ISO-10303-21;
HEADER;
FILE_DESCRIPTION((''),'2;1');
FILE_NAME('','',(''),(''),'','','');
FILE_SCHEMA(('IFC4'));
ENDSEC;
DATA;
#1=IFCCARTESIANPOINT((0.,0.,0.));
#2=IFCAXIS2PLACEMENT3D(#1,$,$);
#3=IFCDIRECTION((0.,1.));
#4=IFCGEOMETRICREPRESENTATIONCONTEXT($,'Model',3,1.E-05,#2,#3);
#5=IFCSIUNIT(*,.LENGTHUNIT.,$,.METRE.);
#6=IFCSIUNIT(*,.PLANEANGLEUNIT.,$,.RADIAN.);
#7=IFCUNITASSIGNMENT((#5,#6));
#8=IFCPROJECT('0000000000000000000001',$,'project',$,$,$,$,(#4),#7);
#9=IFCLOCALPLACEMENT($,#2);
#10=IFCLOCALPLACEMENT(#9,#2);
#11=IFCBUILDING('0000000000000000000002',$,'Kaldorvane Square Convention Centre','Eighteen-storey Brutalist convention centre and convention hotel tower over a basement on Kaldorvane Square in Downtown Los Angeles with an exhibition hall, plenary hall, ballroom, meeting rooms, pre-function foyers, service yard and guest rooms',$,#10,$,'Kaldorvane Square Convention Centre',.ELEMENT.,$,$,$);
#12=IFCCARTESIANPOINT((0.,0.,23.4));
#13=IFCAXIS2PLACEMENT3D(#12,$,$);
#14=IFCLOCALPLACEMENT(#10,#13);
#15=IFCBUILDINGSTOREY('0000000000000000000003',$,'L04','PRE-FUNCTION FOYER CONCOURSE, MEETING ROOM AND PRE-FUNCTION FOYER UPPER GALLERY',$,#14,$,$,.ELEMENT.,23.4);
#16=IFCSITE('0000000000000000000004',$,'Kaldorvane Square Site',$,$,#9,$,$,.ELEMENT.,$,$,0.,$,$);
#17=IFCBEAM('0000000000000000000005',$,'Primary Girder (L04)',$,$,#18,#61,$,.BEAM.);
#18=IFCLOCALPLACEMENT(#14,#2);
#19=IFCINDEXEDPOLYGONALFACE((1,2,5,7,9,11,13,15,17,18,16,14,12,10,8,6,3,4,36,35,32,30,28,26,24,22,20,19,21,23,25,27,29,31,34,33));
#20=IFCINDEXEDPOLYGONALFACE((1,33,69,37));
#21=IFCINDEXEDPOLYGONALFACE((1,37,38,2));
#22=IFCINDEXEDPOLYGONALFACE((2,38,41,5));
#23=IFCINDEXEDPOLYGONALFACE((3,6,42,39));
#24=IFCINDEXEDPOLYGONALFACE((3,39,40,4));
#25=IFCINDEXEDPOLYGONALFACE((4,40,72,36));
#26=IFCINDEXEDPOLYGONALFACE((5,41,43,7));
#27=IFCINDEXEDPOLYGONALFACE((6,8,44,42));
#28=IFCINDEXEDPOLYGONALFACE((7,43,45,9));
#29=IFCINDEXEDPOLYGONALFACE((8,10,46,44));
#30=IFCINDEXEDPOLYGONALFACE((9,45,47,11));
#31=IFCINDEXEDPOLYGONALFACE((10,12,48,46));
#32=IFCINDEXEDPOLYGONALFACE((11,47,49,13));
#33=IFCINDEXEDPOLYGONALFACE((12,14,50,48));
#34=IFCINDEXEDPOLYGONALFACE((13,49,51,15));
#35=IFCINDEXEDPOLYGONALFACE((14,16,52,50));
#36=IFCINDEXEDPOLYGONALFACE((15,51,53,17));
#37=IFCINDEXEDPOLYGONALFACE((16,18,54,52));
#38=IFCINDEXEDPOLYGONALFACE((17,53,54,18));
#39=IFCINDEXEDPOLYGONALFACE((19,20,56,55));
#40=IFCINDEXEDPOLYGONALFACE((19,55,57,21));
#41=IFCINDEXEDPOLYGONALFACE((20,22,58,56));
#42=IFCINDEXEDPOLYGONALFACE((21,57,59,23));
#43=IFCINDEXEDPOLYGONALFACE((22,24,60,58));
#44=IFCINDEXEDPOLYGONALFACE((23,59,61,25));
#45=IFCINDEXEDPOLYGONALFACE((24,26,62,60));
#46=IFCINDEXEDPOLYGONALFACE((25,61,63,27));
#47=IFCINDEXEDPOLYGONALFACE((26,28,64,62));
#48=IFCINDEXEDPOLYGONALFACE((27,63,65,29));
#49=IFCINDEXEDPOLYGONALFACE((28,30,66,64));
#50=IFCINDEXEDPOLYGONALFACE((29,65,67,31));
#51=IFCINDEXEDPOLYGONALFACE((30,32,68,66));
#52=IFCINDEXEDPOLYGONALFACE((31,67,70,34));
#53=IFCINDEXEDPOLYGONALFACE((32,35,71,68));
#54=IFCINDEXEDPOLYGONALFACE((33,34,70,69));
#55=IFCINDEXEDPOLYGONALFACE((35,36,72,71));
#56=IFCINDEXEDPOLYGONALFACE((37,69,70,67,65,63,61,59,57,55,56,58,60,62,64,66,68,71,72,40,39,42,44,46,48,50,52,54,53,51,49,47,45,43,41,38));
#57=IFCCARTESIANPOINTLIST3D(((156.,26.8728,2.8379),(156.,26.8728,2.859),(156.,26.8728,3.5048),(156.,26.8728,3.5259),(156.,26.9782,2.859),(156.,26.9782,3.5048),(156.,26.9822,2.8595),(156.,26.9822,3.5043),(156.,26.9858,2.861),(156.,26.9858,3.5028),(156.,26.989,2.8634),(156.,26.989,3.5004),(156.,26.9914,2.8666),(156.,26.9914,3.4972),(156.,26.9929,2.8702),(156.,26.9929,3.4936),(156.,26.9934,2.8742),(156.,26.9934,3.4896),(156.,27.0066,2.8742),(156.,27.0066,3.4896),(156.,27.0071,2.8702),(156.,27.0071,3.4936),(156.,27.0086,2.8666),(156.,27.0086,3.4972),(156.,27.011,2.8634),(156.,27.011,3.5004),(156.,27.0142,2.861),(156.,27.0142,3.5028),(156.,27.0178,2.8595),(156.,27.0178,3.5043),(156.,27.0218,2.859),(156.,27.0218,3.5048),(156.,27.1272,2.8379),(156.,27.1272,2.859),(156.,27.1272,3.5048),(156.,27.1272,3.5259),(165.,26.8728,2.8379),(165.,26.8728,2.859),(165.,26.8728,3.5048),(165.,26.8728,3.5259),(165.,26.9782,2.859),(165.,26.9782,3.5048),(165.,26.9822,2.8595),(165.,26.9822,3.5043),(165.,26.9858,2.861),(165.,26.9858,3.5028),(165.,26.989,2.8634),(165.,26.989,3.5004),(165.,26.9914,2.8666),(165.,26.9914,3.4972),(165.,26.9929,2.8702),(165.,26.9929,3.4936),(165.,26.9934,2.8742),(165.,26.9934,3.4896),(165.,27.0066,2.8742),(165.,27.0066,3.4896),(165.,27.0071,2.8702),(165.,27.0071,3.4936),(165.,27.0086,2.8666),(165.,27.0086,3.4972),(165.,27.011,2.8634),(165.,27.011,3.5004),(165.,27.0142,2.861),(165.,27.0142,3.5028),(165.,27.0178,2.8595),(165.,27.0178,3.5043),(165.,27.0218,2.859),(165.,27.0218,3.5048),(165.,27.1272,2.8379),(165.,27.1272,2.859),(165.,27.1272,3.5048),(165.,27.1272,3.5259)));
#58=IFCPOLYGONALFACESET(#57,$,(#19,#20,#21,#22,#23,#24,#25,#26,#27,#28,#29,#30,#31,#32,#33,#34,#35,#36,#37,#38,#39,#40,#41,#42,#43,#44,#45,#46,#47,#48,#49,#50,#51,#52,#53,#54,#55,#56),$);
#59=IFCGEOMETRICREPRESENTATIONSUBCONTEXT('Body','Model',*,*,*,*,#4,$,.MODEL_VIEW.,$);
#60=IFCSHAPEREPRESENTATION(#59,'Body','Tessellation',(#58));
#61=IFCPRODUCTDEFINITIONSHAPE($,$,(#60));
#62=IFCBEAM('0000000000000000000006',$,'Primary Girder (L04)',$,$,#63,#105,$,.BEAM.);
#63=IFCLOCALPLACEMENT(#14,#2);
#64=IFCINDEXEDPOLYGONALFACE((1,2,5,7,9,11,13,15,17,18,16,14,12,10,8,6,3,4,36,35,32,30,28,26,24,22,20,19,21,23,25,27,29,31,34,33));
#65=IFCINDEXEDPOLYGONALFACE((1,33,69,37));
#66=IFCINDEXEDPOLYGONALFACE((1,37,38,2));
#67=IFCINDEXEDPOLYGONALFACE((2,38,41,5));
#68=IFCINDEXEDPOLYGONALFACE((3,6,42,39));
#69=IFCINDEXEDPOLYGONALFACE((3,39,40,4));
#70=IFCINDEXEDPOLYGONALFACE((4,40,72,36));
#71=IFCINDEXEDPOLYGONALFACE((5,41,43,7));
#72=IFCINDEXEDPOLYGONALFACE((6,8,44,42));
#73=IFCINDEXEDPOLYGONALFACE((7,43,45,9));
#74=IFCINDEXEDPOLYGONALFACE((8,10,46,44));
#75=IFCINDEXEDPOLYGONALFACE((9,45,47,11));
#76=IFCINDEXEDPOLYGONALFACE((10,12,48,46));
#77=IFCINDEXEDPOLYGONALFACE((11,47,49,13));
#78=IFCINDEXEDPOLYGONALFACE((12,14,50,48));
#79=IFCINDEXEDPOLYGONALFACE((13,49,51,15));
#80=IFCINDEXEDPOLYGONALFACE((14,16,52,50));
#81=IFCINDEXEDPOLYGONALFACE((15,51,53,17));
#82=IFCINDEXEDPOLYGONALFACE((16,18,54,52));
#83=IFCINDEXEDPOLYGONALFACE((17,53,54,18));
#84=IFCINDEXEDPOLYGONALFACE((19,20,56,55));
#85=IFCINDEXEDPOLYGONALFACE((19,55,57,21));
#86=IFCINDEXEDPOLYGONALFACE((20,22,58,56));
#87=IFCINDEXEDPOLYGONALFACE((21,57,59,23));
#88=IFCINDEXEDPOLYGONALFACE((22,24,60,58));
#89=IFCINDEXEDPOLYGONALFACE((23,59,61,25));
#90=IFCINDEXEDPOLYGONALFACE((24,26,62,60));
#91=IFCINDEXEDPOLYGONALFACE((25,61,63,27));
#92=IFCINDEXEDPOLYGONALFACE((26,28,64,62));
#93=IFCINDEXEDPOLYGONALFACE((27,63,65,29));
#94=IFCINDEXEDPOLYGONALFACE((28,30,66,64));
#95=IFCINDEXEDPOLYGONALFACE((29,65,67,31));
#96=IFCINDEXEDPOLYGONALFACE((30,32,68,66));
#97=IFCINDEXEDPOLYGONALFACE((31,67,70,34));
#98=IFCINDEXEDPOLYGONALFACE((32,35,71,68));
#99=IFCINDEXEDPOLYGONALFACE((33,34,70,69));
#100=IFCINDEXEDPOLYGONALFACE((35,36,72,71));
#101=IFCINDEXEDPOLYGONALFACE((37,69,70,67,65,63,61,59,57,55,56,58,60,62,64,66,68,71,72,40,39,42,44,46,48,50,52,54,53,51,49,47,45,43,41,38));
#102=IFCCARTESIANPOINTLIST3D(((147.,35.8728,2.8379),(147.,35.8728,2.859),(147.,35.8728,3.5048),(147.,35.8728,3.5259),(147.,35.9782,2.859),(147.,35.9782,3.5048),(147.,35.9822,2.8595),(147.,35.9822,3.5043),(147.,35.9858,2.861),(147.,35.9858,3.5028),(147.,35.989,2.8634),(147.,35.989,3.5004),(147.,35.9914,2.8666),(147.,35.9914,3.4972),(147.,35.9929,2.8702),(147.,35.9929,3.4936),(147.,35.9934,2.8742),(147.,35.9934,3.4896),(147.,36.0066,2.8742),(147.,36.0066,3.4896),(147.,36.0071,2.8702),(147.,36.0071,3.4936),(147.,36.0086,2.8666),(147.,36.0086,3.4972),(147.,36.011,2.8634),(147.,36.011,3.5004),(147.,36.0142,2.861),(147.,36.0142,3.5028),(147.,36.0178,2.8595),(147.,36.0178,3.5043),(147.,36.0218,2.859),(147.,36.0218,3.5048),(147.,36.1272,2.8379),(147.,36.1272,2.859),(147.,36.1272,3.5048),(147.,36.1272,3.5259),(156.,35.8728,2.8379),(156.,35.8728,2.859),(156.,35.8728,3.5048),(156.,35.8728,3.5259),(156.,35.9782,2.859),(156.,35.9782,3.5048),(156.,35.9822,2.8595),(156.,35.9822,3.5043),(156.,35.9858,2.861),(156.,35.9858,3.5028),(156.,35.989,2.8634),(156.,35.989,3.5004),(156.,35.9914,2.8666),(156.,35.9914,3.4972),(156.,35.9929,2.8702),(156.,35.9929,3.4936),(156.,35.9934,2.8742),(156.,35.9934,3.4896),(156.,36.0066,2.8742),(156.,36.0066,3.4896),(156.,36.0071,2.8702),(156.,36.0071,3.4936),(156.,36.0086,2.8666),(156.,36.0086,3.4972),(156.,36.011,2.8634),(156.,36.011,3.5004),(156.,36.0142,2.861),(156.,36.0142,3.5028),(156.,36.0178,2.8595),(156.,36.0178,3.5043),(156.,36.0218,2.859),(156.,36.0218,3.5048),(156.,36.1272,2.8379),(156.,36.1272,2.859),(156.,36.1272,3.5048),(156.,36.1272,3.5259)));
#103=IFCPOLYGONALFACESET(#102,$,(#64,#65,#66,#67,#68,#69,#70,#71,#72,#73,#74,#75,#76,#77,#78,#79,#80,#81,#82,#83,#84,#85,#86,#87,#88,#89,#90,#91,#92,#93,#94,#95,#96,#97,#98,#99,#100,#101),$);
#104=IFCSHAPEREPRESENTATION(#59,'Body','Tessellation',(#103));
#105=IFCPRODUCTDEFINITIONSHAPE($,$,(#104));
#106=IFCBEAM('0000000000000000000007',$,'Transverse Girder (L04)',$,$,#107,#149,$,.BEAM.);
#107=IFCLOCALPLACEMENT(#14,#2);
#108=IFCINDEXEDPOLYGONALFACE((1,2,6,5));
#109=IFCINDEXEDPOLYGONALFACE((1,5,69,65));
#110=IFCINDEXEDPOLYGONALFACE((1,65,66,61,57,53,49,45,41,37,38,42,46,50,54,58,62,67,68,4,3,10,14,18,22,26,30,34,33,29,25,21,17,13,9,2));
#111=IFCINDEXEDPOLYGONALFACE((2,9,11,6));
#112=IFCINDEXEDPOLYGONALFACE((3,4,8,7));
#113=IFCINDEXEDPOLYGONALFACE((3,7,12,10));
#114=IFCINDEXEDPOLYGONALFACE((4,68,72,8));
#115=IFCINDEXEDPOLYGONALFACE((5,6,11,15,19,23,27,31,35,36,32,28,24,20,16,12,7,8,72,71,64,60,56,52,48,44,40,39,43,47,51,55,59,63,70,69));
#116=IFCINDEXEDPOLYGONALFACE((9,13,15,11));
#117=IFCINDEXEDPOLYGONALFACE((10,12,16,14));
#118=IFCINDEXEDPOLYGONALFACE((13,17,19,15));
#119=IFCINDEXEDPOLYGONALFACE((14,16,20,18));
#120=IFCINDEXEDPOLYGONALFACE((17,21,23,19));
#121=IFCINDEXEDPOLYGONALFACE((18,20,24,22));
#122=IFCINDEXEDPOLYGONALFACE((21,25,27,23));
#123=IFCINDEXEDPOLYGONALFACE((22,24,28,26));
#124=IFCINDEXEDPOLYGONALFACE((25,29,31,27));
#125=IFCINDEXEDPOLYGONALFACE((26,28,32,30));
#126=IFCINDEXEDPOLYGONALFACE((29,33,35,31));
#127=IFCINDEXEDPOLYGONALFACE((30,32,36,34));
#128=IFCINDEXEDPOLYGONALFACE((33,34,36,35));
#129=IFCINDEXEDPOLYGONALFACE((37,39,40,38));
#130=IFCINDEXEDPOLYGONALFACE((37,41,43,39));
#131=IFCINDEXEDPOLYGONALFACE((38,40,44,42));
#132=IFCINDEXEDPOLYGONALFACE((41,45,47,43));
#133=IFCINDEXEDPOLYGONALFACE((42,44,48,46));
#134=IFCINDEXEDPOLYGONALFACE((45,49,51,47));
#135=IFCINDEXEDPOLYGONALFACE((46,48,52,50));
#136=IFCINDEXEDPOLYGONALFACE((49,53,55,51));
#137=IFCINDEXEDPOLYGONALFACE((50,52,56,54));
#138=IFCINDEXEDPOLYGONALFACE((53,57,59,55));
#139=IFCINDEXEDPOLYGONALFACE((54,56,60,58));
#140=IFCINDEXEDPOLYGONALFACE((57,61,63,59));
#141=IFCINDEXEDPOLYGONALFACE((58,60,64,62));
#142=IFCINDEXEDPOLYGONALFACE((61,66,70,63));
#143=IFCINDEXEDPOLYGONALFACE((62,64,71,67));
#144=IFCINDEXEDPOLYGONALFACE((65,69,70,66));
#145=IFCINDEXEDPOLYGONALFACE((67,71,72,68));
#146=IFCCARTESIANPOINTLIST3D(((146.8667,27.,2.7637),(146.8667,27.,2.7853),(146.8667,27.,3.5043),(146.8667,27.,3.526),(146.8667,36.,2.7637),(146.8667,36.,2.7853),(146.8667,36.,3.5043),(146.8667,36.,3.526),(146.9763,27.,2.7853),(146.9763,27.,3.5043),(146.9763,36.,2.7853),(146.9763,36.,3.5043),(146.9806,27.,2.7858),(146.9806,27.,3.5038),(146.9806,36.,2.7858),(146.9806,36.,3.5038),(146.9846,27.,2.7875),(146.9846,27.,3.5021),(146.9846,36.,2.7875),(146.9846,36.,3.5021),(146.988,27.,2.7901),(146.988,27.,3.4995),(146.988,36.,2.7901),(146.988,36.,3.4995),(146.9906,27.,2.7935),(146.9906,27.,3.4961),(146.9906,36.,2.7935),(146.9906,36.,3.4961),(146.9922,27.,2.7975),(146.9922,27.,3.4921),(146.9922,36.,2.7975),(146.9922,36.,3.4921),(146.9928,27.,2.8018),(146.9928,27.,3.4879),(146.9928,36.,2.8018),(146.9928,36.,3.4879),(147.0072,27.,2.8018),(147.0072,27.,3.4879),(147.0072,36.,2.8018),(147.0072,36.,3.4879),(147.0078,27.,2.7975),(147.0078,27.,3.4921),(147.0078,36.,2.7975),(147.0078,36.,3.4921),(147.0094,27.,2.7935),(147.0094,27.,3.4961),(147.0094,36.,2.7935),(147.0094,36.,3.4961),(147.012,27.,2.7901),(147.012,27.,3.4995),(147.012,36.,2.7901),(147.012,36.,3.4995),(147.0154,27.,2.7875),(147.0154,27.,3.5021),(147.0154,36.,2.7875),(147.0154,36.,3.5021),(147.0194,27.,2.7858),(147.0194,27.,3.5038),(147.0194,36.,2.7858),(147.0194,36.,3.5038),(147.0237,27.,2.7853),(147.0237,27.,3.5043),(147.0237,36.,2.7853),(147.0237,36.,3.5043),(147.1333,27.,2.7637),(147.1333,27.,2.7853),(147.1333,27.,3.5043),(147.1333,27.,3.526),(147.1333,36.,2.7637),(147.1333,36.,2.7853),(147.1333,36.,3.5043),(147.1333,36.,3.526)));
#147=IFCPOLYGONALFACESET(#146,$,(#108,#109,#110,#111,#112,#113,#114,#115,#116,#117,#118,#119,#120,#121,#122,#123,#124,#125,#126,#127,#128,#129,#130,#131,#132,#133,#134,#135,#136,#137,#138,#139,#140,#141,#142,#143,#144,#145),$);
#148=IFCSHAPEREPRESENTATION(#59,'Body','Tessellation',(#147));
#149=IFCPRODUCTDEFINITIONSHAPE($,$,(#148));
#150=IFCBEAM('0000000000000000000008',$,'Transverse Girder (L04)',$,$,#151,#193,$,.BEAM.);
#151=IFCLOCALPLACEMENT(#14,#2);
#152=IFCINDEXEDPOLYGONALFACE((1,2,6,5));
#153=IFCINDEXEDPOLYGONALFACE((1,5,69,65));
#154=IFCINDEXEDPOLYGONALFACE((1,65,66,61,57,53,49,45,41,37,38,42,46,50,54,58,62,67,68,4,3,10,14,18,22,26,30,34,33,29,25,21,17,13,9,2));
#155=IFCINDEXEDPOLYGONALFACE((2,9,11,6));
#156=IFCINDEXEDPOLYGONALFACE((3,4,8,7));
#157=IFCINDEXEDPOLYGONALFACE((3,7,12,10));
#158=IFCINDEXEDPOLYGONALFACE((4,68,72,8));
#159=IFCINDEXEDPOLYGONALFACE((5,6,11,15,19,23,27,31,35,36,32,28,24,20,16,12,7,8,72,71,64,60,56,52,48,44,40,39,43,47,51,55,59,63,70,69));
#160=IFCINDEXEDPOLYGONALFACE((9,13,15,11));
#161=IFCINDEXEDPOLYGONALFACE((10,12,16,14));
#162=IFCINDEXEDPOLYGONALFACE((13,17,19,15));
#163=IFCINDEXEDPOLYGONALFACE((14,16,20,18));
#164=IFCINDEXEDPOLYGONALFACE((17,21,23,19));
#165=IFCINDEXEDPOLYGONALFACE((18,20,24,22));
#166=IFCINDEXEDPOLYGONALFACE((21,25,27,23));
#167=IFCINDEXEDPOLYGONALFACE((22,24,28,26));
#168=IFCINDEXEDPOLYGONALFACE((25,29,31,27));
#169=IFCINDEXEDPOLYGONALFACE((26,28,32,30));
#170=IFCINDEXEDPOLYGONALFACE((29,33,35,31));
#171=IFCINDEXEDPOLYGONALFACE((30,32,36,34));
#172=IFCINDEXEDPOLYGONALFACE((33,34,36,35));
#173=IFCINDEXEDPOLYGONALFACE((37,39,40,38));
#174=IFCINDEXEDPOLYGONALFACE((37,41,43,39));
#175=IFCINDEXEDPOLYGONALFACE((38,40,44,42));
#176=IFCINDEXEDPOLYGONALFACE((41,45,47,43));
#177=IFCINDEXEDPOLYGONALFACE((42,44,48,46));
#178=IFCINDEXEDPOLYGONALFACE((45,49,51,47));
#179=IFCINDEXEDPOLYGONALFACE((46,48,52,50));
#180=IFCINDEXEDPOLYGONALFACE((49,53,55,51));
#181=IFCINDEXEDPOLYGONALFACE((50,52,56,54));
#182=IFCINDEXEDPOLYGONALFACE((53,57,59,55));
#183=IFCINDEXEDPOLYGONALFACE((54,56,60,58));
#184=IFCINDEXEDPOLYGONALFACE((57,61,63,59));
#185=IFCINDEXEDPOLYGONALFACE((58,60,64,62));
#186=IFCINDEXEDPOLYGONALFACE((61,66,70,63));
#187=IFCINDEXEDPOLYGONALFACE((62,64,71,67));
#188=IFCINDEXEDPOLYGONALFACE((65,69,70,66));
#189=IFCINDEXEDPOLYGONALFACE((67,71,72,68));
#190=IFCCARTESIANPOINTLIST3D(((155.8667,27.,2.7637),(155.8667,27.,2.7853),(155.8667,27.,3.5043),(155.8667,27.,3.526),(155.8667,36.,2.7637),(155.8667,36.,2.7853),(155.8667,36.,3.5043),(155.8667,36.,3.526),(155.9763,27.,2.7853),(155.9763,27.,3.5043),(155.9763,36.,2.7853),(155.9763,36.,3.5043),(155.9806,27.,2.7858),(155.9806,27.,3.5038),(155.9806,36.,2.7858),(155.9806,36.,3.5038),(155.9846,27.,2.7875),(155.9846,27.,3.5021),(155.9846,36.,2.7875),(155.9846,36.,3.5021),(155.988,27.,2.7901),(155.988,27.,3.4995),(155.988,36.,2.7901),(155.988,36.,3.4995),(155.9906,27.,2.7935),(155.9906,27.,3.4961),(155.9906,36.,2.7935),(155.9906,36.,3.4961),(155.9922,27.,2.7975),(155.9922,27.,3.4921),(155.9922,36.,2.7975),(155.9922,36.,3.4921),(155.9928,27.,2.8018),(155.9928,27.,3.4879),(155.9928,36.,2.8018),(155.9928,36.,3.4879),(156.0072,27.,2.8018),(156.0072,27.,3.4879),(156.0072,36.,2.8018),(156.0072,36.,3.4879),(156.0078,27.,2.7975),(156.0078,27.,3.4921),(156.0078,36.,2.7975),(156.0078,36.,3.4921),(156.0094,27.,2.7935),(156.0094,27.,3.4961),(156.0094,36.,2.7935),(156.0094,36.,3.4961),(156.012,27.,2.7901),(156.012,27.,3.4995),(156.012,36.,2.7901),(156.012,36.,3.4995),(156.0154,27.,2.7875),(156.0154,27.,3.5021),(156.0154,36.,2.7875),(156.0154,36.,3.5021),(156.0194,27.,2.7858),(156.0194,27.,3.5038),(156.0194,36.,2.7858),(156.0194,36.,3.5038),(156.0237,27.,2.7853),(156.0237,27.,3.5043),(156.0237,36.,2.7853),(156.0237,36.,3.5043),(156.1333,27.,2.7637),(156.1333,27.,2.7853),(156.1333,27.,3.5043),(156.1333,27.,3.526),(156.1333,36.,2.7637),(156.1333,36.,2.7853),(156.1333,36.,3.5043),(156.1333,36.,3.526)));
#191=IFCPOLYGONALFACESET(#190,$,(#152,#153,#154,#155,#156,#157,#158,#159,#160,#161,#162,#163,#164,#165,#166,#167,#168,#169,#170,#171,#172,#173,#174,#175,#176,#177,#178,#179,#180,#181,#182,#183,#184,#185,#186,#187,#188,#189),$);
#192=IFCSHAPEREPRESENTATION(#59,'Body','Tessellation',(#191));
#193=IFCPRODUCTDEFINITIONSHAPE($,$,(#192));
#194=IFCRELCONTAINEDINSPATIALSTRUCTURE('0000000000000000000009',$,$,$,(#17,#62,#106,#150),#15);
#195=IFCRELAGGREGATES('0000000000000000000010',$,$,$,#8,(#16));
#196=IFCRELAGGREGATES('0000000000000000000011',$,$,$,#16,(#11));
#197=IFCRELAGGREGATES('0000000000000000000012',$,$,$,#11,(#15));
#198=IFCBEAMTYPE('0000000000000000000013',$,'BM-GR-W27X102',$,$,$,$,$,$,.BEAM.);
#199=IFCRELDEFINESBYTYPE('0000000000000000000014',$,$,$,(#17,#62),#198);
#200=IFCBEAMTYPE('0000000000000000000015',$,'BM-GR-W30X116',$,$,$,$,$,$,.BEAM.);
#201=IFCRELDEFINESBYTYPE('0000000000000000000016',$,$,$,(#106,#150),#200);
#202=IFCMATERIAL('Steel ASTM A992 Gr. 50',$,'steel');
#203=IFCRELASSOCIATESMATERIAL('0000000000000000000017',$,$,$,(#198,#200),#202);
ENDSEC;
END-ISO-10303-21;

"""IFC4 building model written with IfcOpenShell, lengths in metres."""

from ifc_helpers import new_model, si_unit, direction, frame, origin, origin_2d, place, context, subcontext, project, spatial, i_section, extrude, material, material_profile, profile_set, type_object, element, save


model = new_model("IFC4")

# Units and contexts
model_context = context("Model", 3, precision=1e-05, world=origin(), true_north=direction((0.0, 1.0)))
body_context = subcontext(model_context, "Body", "Model", "MODEL_VIEW")
ifc_project = project(units=[si_unit("LENGTHUNIT", "METRE"), si_unit("PLANEANGLEUNIT", "RADIAN")], contexts=[model_context])

# Site, building, storey
site_placement = place(None, origin())
site = spatial("IfcSite", under=ifc_project, at=site_placement, Name="Kaldorvane Square Site", CompositionType="ELEMENT", RefElevation=0.0)
building_placement = place(site_placement, origin())
building = spatial("IfcBuilding", under=site, at=building_placement, Name="Kaldorvane Square Convention Centre", Description="Eighteen-storey Brutalist convention centre and convention hotel tower over a basement on Kaldorvane Square in Downtown Los Angeles with an exhibition hall, plenary hall, ballroom, meeting rooms, pre-function foyers, service yard and guest rooms", LongName="Kaldorvane Square Convention Centre", CompositionType="ELEMENT")
storey_placement = place(building_placement, frame((0.0, 0.0, 23.4)))
storey = spatial("IfcBuildingStorey", under=building, at=storey_placement, Name="L04", Description="PRE-FUNCTION FOYER CONCOURSE, MEETING ROOM AND PRE-FUNCTION FOYER UPPER GALLERY", CompositionType="ELEMENT", Elevation=23.4)

# Shared definitions
ifc_material_1 = material(Name="Steel ASTM A992 Gr. 50", Category="steel")

# Beams
ifc_material_profile_1 = material_profile(ifc_material_1, i_section(OverallWidth=0.2544, OverallDepth=0.6881, WebThickness=0.0131, FlangeThickness=0.0211, FilletRadius=0.0152, at=origin_2d()), Name="W27X102")
ifc_profile_set_1 = profile_set([ifc_material_profile_1], Name="Steel ASTM A992 Gr. 50")
beam_type_1 = type_object("IfcBeamType", Name="BM-GR-W27X102", PredefinedType="BEAM", material=ifc_profile_set_1)
for number, where, z_axis, x_axis, name in (
    (1, (156.0, 27.0, 3.1819), (1.0, 0.0, 0.0), (0.0, 1.0, 0.0), "Primary Girder (L04)"),
    (2, (147.0, 36.0, 3.1819), (1.0, 0.0, 0.0), (0.0, 1.0, 0.0), "Primary Girder (L04)"),
):
    element("IfcBeam", number, at=place(storey_placement, frame(where, z_axis=z_axis, x_axis=x_axis)), inside=storey, type_object=beam_type_1, Name=name, PredefinedType="BEAM", context=body_context, shape_type="SweptSolid", body=[
        extrude(i_section(OverallWidth=0.2544, OverallDepth=0.6881, WebThickness=0.0131, FlangeThickness=0.0211, FilletRadius=0.0152, at=origin_2d()), origin(), (0.0, 0.0, 1.0), 9.0),
    ])
ifc_material_profile_2 = material_profile(ifc_material_1, i_section(OverallWidth=0.2666, OverallDepth=0.7623, WebThickness=0.0144, FlangeThickness=0.0216, FilletRadius=0.0165, at=origin_2d()), Name="W30X116")
ifc_profile_set_2 = profile_set([ifc_material_profile_2], Name="Steel ASTM A992 Gr. 50")
beam_type_2 = type_object("IfcBeamType", Name="BM-GR-W30X116", PredefinedType="BEAM", material=ifc_profile_set_2)
for number, where, z_axis, x_axis, name in (
    (3, (147.0, 27.0, 3.1448), (0.0, 1.0, 0.0), (-1.0, 0.0, 0.0), "Transverse Girder (L04)"),
    (4, (156.0, 27.0, 3.1448), (0.0, 1.0, 0.0), (-1.0, 0.0, 0.0), "Transverse Girder (L04)"),
):
    element("IfcBeam", number, at=place(storey_placement, frame(where, z_axis=z_axis, x_axis=x_axis)), inside=storey, type_object=beam_type_2, Name=name, PredefinedType="BEAM", context=body_context, shape_type="SweptSolid", body=[
        extrude(i_section(OverallWidth=0.2666, OverallDepth=0.7623, WebThickness=0.0144, FlangeThickness=0.0216, FilletRadius=0.0165, at=origin_2d()), origin(), (0.0, 0.0, 1.0), 9.0),
    ])

save(model, "model.ifc")
